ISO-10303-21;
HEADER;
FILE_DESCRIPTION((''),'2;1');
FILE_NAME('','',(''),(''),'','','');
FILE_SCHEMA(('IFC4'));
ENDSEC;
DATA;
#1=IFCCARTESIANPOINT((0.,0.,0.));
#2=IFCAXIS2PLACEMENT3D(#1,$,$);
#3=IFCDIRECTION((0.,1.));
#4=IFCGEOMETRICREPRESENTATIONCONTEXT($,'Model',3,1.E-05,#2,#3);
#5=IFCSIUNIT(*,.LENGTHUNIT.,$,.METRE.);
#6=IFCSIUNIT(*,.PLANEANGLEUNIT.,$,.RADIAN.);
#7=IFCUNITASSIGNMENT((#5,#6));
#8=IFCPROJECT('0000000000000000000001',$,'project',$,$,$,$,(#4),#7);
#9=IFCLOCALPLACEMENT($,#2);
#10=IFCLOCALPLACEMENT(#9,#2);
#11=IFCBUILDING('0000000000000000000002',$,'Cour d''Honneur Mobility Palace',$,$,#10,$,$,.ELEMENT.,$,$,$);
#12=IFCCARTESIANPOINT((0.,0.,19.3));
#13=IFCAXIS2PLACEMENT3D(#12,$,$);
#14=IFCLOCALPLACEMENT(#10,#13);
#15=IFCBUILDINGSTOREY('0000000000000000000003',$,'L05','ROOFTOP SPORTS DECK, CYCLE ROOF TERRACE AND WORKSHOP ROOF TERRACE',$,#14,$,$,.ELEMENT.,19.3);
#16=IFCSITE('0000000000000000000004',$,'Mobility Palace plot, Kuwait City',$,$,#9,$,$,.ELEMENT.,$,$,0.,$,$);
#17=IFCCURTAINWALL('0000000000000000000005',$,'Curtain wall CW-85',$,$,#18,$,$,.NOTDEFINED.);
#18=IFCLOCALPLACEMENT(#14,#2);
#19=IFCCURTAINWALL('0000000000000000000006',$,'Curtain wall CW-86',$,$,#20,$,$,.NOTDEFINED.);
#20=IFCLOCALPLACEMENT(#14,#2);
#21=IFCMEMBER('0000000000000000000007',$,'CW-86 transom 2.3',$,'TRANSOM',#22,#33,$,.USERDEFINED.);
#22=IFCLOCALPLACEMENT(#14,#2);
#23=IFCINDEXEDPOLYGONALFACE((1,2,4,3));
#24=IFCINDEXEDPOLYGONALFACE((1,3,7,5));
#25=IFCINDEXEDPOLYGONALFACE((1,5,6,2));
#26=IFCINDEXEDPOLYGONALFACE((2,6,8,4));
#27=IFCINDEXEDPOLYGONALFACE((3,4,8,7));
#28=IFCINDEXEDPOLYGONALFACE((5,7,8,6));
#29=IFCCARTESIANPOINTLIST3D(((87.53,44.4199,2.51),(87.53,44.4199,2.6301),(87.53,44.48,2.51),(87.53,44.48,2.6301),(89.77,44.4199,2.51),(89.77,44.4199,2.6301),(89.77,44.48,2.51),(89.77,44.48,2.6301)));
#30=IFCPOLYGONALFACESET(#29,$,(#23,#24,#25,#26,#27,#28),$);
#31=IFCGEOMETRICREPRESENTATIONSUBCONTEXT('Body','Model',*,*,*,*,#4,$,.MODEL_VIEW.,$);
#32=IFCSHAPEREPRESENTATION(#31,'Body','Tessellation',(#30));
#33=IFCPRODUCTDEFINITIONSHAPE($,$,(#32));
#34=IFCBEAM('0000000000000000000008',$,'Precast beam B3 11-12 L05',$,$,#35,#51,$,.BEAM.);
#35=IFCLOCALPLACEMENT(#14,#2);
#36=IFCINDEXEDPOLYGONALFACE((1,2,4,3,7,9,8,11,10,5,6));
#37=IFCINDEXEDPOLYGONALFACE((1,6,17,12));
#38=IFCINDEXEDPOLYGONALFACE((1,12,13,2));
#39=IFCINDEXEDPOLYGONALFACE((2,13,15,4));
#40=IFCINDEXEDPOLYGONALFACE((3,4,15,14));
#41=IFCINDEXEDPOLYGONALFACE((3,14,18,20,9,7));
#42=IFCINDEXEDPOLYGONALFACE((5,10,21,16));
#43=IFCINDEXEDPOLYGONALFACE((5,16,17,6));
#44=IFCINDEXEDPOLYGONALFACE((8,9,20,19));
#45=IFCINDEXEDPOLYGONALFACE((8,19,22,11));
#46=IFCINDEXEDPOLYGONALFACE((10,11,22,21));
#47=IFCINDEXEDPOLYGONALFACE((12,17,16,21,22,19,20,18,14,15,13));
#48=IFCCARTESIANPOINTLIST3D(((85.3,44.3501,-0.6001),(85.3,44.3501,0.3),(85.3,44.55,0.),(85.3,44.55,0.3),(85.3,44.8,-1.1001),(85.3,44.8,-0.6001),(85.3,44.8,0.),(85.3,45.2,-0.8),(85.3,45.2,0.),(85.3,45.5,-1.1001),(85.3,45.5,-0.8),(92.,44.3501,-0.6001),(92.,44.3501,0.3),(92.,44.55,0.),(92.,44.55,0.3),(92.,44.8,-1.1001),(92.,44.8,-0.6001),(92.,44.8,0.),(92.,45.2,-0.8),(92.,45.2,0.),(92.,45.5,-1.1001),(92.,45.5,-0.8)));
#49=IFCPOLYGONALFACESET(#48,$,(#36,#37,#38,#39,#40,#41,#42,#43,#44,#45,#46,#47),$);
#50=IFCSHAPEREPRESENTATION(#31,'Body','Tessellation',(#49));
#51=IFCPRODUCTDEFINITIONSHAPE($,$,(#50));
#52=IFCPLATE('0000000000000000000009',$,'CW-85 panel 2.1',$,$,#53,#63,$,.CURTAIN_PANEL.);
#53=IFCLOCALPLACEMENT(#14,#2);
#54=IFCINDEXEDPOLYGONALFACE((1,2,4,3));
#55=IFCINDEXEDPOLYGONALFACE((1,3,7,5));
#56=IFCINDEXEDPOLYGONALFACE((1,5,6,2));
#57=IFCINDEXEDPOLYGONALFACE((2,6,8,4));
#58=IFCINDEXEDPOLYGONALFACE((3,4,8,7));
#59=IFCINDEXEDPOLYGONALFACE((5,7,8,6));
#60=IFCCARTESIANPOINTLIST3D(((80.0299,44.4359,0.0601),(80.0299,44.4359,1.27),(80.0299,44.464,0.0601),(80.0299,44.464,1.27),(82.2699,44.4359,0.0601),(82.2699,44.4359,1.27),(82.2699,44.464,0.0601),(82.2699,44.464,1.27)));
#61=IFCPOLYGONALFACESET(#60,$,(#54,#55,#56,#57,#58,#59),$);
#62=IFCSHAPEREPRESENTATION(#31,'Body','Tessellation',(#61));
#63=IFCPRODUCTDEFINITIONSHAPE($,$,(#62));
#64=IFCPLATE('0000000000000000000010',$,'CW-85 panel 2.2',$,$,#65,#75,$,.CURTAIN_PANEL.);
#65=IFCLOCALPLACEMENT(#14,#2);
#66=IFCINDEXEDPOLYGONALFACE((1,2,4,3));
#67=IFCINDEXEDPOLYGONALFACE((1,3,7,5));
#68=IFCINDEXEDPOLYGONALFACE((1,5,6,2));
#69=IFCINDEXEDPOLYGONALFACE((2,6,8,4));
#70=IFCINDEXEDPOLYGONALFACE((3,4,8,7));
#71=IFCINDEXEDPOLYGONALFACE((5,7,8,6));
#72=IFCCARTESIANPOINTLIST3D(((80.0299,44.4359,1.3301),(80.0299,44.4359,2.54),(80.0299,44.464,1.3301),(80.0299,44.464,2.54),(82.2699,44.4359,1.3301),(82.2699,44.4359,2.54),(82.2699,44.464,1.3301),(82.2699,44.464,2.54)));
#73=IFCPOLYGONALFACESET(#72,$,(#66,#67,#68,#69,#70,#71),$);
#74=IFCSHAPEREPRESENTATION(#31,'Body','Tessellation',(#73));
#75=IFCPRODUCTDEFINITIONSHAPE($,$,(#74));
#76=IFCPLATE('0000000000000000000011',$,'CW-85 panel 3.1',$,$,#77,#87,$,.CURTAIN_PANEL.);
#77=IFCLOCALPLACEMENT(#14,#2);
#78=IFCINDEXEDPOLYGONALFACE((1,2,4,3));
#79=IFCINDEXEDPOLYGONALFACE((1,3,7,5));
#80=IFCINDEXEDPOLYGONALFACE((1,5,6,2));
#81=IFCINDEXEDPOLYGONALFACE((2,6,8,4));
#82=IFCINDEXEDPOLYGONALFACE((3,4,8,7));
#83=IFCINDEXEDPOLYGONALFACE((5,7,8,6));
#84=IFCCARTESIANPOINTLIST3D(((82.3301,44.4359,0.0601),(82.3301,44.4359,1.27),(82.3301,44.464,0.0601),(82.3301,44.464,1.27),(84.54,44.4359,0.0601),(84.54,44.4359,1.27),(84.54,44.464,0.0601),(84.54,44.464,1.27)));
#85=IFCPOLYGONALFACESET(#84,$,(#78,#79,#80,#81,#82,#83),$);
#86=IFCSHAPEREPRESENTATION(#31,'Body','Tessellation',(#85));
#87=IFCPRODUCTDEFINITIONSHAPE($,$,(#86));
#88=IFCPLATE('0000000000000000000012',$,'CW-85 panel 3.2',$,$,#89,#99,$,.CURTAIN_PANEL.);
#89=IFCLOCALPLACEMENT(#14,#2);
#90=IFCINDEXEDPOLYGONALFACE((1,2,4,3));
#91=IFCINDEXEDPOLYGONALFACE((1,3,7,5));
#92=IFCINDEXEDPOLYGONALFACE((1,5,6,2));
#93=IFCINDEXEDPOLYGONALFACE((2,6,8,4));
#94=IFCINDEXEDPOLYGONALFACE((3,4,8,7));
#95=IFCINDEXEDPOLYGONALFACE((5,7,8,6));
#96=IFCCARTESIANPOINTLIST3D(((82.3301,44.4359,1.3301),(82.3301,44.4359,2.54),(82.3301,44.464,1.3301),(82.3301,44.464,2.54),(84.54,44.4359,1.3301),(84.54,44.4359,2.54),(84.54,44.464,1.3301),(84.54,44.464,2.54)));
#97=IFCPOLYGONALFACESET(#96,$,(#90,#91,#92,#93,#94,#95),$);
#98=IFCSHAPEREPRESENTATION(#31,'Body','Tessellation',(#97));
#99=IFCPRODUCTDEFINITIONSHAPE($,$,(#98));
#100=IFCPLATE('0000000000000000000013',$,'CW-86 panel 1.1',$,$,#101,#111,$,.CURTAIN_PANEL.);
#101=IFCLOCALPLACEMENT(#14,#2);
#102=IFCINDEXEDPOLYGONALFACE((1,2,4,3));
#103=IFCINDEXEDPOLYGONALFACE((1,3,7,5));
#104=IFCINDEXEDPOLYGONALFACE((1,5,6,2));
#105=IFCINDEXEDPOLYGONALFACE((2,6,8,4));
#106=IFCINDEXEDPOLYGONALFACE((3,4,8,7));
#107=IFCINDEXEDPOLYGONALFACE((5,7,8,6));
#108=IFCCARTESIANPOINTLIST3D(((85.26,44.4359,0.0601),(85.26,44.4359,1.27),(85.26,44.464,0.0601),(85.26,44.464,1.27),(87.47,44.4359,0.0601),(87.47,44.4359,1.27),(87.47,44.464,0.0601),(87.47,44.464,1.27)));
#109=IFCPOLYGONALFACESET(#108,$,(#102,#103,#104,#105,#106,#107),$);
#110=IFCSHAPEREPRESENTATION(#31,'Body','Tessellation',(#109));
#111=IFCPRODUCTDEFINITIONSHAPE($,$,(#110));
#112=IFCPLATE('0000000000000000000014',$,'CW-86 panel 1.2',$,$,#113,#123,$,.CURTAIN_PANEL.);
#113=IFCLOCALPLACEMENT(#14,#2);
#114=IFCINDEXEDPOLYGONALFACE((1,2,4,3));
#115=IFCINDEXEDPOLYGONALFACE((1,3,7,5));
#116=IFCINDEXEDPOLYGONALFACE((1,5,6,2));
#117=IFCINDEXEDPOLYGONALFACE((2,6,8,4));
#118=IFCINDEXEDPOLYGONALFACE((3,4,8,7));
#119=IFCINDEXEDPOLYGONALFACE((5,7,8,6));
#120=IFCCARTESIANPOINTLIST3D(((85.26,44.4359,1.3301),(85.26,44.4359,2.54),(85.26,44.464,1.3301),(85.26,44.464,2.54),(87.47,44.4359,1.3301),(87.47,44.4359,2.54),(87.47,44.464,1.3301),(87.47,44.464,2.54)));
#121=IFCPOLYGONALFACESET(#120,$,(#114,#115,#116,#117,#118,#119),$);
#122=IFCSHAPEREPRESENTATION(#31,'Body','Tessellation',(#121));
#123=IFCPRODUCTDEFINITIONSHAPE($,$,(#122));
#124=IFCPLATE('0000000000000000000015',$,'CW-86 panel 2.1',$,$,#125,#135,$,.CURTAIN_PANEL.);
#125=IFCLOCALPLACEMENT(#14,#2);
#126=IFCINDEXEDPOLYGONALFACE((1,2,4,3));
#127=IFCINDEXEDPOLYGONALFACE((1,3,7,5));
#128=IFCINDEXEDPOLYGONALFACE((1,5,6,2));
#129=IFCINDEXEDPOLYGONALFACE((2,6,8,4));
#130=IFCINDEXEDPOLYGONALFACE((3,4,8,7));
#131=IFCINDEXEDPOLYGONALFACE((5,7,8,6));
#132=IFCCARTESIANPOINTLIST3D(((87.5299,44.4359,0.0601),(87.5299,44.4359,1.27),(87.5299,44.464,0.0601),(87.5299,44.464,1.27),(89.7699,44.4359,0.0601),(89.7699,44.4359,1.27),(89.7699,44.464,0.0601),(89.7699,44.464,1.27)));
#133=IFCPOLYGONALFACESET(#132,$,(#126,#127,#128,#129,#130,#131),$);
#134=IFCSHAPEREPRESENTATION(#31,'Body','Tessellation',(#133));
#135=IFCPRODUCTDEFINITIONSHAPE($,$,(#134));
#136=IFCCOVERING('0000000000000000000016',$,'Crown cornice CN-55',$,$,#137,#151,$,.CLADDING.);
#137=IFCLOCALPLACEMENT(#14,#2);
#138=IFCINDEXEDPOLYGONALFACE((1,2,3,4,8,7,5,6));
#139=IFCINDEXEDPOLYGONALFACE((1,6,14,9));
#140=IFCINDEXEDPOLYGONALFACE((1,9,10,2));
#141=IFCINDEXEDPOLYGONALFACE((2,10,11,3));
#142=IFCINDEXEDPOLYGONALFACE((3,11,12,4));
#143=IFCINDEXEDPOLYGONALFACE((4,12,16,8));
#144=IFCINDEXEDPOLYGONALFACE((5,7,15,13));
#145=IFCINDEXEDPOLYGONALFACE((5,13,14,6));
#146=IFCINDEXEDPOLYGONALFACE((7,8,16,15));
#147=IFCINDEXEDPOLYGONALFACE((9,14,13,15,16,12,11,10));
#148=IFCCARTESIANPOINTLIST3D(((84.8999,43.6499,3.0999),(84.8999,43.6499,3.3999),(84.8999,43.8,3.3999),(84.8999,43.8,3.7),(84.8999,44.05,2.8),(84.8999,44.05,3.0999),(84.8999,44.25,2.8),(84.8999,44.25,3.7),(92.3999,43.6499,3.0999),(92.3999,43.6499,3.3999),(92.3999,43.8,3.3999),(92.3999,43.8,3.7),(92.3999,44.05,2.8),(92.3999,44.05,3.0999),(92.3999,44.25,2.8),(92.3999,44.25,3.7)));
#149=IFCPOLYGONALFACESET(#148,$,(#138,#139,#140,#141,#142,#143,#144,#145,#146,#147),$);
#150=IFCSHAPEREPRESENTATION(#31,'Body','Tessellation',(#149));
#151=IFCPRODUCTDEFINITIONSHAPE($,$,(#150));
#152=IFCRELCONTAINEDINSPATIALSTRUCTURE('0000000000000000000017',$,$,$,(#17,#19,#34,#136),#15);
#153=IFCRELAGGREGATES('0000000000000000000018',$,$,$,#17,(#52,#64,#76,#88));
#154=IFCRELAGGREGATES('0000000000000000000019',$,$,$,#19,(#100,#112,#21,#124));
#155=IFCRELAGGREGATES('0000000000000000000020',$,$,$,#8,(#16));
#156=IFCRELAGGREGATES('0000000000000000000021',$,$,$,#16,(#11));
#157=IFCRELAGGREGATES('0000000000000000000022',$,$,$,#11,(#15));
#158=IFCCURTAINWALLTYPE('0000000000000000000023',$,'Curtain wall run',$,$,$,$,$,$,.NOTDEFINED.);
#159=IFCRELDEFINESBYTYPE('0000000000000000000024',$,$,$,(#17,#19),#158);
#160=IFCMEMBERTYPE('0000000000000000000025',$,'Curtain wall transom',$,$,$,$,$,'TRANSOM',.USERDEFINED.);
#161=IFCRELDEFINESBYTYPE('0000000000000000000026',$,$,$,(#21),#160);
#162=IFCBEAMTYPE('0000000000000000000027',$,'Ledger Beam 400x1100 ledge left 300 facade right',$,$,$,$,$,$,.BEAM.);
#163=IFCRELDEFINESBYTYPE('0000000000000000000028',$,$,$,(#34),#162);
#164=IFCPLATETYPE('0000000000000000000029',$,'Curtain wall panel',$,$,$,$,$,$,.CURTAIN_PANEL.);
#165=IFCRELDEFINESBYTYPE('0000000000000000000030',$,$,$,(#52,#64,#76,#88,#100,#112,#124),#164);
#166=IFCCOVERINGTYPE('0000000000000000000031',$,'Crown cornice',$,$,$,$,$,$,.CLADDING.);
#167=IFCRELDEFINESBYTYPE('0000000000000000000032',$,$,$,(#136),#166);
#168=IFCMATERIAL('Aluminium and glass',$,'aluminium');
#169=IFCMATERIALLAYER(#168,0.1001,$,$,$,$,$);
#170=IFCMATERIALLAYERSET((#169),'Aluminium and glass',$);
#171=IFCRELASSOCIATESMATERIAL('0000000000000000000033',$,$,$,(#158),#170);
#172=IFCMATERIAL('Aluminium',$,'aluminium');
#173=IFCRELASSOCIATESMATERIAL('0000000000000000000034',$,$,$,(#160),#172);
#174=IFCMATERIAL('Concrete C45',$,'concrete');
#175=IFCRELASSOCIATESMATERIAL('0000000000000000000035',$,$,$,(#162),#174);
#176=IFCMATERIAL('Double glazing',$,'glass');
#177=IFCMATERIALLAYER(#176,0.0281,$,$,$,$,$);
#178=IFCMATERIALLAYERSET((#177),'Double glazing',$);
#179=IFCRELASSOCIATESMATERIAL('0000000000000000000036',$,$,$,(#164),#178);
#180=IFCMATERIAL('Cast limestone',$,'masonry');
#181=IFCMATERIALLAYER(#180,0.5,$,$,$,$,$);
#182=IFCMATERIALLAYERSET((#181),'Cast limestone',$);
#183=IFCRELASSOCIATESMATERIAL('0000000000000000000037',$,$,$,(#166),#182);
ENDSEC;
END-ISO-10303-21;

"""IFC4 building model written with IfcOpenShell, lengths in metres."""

from ifc_helpers import new_model, si_unit, direction, frame, origin, origin_2d, place, context, subcontext, project, spatial, polyline, rectangle, outline, extrude, material, layer, layer_set, material_profile, profile_set, type_object, element, aggregate, save


model = new_model("IFC4")

# Units and contexts
model_context = context("Model", 3, precision=1e-05, world=origin(), true_north=direction((0.0, 1.0)))
body_context = subcontext(model_context, "Body", "Model", "MODEL_VIEW")
ifc_project = project(units=[si_unit("LENGTHUNIT", "METRE"), si_unit("PLANEANGLEUNIT", "RADIAN")], contexts=[model_context])

# Site, building, storey
site_placement = place(None, origin())
site = spatial("IfcSite", under=ifc_project, at=site_placement, Name="Mobility Palace plot, Kuwait City", CompositionType="ELEMENT", RefElevation=0.0)
building_placement = place(site_placement, origin())
building = spatial("IfcBuilding", under=site, at=building_placement, Name="Cour d'Honneur Mobility Palace", CompositionType="ELEMENT")
storey_placement = place(building_placement, frame((0.0, 0.0, 19.3)))
storey = spatial("IfcBuildingStorey", under=building, at=storey_placement, Name="L05", Description="ROOFTOP SPORTS DECK, CYCLE ROOF TERRACE AND WORKSHOP ROOF TERRACE", CompositionType="ELEMENT", Elevation=19.3)

# Curtain walls
ifc_material_1 = material(Name="Aluminium and glass", Category="aluminium")
ifc_layer_1 = layer(ifc_material_1, 0.1001)
ifc_layer_set_1 = layer_set([ifc_layer_1], Name="Aluminium and glass")
curtain_wall_type = type_object("IfcCurtainWallType", Name="Curtain wall run", PredefinedType="NOTDEFINED", material=ifc_layer_set_1)
curtain_wall_1_placement = place(storey_placement, origin())
curtain_wall_1 = element("IfcCurtainWall", 1, at=curtain_wall_1_placement, inside=storey, type_object=curtain_wall_type, Name="Curtain wall CW-85", PredefinedType="NOTDEFINED")
curtain_wall_2_placement = place(storey_placement, origin())
curtain_wall_2 = element("IfcCurtainWall", 2, at=curtain_wall_2_placement, inside=storey, type_object=curtain_wall_type, Name="Curtain wall CW-86", PredefinedType="NOTDEFINED")

# Member
ifc_material_2 = material(Name="Aluminium", Category="aluminium")
ifc_material_profile_1 = material_profile(ifc_material_2, rectangle(XDim=0.0601, YDim=0.1201, at=origin_2d()), Name="Curtain wall transom")
ifc_profile_set_1 = profile_set([ifc_material_profile_1], Name="Aluminium")
member_type_1 = type_object("IfcMemberType", Name="Curtain wall transom", ElementType="TRANSOM", PredefinedType="USERDEFINED", material=ifc_profile_set_1)
member_1_placement = place(storey_placement, frame((87.53, 44.45, 2.5701), z_axis=(1.0, 0.0, 0.0), x_axis=(0.0, 1.0, 0.0)))
member_1 = element("IfcMember", 3, at=member_1_placement, type_object=member_type_1, Name="CW-86 transom 2.3", ObjectType="TRANSOM", PredefinedType="USERDEFINED", context=body_context, shape_type="SweptSolid", body=[
    extrude(rectangle(XDim=0.0601, YDim=0.1201, at=origin_2d()), origin(), (0.0, 0.0, 1.0), 2.24),
])

# Beam
ifc_material_3 = material(Name="Concrete C45", Category="concrete")
ifc_material_profile_2 = material_profile(ifc_material_3, outline(polyline([(0.5, -1.1001), (0.5, -0.8), (0.2, -0.8), (0.2, 0.0), (-0.2, 0.0), (-0.45, 0.0), (-0.45, 0.3), (-0.6499, 0.3), (-0.6499, -0.6001), (-0.2, -0.6001), (-0.2, -1.1001), (0.5, -1.1001)])), Name="Ledger Beam 400x1100 ledge left 300 facade right")
ifc_profile_set_2 = profile_set([ifc_material_profile_2], Name="Concrete C45")
beam_type = type_object("IfcBeamType", Name="Ledger Beam 400x1100 ledge left 300 facade right", PredefinedType="BEAM", material=ifc_profile_set_2)
beam_placement = place(storey_placement, frame((85.3, 45.0, 0.0), z_axis=(1.0, 0.0, 0.0), x_axis=(0.0, 1.0, 0.0)))
element("IfcBeam", 4, at=beam_placement, inside=storey, type_object=beam_type, Name="Precast beam B3 11-12 L05", PredefinedType="BEAM", context=body_context, shape_type="SweptSolid", body=[
    extrude(outline(polyline([(0.5, -1.1001), (0.5, -0.8), (0.2, -0.8), (0.2, 0.0), (-0.2, 0.0), (-0.45, 0.0), (-0.45, 0.3), (-0.6499, 0.3), (-0.6499, -0.6001), (-0.2, -0.6001), (-0.2, -1.1001), (0.5, -1.1001)])), origin(), (0.0, 0.0, 1.0), 6.7),
])

# Plates
ifc_material_4 = material(Name="Double glazing", Category="glass")
ifc_layer_2 = layer(ifc_material_4, 0.0281)
ifc_layer_set_2 = layer_set([ifc_layer_2], Name="Double glazing")
plate_type = type_object("IfcPlateType", Name="Curtain wall panel", PredefinedType="CURTAIN_PANEL", material=ifc_layer_set_2)
plate_1_placement = place(storey_placement, frame((81.1499, 44.45, 0.0601), z_axis=(0.0, 0.0, 1.0), x_axis=(1.0, 0.0, 0.0)))
plate_1 = element("IfcPlate", 5, at=plate_1_placement, type_object=plate_type, Name="CW-85 panel 2.1", PredefinedType="CURTAIN_PANEL", context=body_context, shape_type="SweptSolid", body=[
    extrude(rectangle(XDim=2.24, YDim=0.0281, at=origin_2d()), origin(), (0.0, 0.0, 1.0), 1.21),
])
plate_2_placement = place(storey_placement, frame((81.1499, 44.45, 1.3301), z_axis=(0.0, 0.0, 1.0), x_axis=(1.0, 0.0, 0.0)))
plate_2 = element("IfcPlate", 6, at=plate_2_placement, type_object=plate_type, Name="CW-85 panel 2.2", PredefinedType="CURTAIN_PANEL", context=body_context, shape_type="SweptSolid", body=[
    extrude(rectangle(XDim=2.24, YDim=0.0281, at=origin_2d()), origin(), (0.0, 0.0, 1.0), 1.21),
])
plate_3_placement = place(storey_placement, frame((83.4351, 44.45, 0.0601), z_axis=(0.0, 0.0, 1.0), x_axis=(1.0, 0.0, 0.0)))
plate_3 = element("IfcPlate", 7, at=plate_3_placement, type_object=plate_type, Name="CW-85 panel 3.1", PredefinedType="CURTAIN_PANEL", context=body_context, shape_type="SweptSolid", body=[
    extrude(rectangle(XDim=2.21, YDim=0.0281, at=origin_2d()), origin(), (0.0, 0.0, 1.0), 1.21),
])
plate_4_placement = place(storey_placement, frame((83.4351, 44.45, 1.3301), z_axis=(0.0, 0.0, 1.0), x_axis=(1.0, 0.0, 0.0)))
plate_4 = element("IfcPlate", 8, at=plate_4_placement, type_object=plate_type, Name="CW-85 panel 3.2", PredefinedType="CURTAIN_PANEL", context=body_context, shape_type="SweptSolid", body=[
    extrude(rectangle(XDim=2.21, YDim=0.0281, at=origin_2d()), origin(), (0.0, 0.0, 1.0), 1.21),
])
aggregate(curtain_wall_1, [plate_1, plate_2, plate_3, plate_4])
plate_5_placement = place(storey_placement, frame((86.365, 44.45, 0.0601), z_axis=(0.0, 0.0, 1.0), x_axis=(1.0, 0.0, 0.0)))
plate_5 = element("IfcPlate", 9, at=plate_5_placement, type_object=plate_type, Name="CW-86 panel 1.1", PredefinedType="CURTAIN_PANEL", context=body_context, shape_type="SweptSolid", body=[
    extrude(rectangle(XDim=2.21, YDim=0.0281, at=origin_2d()), origin(), (0.0, 0.0, 1.0), 1.21),
])
plate_6_placement = place(storey_placement, frame((86.365, 44.45, 1.3301), z_axis=(0.0, 0.0, 1.0), x_axis=(1.0, 0.0, 0.0)))
plate_6 = element("IfcPlate", 10, at=plate_6_placement, type_object=plate_type, Name="CW-86 panel 1.2", PredefinedType="CURTAIN_PANEL", context=body_context, shape_type="SweptSolid", body=[
    extrude(rectangle(XDim=2.21, YDim=0.0281, at=origin_2d()), origin(), (0.0, 0.0, 1.0), 1.21),
])
plate_7_placement = place(storey_placement, frame((88.6499, 44.45, 0.0601), z_axis=(0.0, 0.0, 1.0), x_axis=(1.0, 0.0, 0.0)))
plate_7 = element("IfcPlate", 11, at=plate_7_placement, type_object=plate_type, Name="CW-86 panel 2.1", PredefinedType="CURTAIN_PANEL", context=body_context, shape_type="SweptSolid", body=[
    extrude(rectangle(XDim=2.24, YDim=0.0281, at=origin_2d()), origin(), (0.0, 0.0, 1.0), 1.21),
])
aggregate(curtain_wall_2, [plate_5, plate_6, member_1, plate_7])

# Covering
ifc_material_5 = material(Name="Cast limestone", Category="masonry")
ifc_layer_3 = layer(ifc_material_5, 0.5)
ifc_layer_set_3 = layer_set([ifc_layer_3], Name="Cast limestone")
covering_type = type_object("IfcCoveringType", Name="Crown cornice", PredefinedType="CLADDING", material=ifc_layer_set_3)
covering_placement = place(storey_placement, frame((84.8999, 44.25, 2.8), z_axis=(-1.0, 0.0, 0.0), x_axis=(0.0, -1.0, 0.0)))
element("IfcCovering", 12, at=covering_placement, inside=storey, type_object=covering_type, Name="Crown cornice CN-55", PredefinedType="CLADDING", context=body_context, shape_type="SweptSolid", body=[
    extrude(outline(polyline([(0.0, 0.0), (0.2, 0.0), (0.2, 0.2998), (0.6001, 0.2998), (0.6001, 0.5999), (0.45, 0.5999), (0.45, 0.8999), (0.0, 0.8999), (0.0, 0.0)])), origin(), (0.0, 0.0, -1.0), 7.5),
])

save(model, "model.ifc")
